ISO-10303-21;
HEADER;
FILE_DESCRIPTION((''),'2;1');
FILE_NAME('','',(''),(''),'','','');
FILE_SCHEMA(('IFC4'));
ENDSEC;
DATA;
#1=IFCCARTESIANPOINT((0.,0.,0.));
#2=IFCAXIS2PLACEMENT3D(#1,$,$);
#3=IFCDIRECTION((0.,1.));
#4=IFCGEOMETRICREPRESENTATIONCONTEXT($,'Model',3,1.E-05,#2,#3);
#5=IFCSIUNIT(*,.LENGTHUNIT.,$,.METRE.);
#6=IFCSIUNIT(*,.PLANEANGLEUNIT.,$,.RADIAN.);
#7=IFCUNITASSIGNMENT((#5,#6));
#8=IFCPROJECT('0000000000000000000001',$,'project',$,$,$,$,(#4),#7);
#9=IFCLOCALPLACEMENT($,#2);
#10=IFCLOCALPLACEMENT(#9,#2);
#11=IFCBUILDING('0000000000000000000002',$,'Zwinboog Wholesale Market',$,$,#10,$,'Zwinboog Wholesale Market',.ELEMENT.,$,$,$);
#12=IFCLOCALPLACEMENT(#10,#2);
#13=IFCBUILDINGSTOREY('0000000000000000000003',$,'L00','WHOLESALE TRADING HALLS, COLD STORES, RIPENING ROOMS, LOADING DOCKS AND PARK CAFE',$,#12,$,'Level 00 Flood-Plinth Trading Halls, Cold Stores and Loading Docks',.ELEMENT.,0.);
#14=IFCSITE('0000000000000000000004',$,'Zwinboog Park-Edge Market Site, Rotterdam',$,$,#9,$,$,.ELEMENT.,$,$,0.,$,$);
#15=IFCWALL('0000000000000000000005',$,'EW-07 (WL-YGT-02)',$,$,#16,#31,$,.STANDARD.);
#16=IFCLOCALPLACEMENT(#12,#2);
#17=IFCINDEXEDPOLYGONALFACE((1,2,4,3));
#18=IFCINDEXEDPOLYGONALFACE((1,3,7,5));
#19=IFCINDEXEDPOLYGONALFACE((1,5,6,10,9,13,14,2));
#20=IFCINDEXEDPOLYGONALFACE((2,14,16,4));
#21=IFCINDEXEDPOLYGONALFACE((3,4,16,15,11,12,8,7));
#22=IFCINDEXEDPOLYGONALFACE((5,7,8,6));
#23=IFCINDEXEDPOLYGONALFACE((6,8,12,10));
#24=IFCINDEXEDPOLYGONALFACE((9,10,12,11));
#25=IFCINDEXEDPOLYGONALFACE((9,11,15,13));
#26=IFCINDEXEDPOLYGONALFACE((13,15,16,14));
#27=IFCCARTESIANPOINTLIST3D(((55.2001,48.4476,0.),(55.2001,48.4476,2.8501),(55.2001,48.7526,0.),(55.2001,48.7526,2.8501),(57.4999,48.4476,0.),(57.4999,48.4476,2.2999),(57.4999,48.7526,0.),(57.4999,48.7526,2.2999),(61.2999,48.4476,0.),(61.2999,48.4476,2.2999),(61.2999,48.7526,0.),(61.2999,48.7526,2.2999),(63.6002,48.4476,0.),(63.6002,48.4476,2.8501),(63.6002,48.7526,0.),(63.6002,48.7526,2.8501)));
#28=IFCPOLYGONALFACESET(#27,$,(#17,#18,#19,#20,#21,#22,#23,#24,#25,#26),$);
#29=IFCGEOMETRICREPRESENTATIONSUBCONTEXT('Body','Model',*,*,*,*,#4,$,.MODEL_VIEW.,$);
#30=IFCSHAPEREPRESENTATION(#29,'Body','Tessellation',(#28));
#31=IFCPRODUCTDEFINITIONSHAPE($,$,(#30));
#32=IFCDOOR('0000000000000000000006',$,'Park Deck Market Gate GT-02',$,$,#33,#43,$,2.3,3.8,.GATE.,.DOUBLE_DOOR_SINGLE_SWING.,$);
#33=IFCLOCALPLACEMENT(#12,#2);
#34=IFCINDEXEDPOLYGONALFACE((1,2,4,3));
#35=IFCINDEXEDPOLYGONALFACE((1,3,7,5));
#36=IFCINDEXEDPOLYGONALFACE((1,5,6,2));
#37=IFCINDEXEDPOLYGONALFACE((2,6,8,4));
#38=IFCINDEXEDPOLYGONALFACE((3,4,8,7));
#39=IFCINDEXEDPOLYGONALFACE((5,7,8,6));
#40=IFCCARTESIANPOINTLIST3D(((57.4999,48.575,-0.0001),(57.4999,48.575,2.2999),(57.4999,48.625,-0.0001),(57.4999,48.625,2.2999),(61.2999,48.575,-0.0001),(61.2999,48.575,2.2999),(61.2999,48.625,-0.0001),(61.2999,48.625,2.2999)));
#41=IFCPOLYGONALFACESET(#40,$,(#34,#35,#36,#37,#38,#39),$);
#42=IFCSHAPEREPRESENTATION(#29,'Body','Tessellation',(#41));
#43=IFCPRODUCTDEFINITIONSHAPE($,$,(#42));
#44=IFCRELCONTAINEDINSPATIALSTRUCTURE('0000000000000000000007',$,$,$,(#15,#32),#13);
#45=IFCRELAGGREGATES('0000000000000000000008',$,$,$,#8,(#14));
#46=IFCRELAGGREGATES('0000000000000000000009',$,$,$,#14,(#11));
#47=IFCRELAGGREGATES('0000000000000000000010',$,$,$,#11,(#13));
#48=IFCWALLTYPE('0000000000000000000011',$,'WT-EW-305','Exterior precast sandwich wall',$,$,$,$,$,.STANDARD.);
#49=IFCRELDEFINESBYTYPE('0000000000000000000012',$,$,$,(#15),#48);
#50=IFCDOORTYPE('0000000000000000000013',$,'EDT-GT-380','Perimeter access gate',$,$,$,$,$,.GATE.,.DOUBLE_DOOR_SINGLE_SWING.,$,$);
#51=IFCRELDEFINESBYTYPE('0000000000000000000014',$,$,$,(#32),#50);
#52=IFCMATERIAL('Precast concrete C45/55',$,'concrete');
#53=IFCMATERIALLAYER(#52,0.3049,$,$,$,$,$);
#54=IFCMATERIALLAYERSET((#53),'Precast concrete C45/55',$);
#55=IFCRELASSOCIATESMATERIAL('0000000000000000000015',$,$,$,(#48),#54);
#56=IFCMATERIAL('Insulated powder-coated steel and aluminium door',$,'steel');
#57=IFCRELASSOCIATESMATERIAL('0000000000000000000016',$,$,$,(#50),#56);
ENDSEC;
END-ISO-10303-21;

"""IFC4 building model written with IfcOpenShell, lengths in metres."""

from ifc_helpers import new_model, si_unit, direction, frame, frame_2d, origin, place, context, subcontext, project, spatial, rectangle, extrude, material, layer, layer_set, type_object, element, fill, save


model = new_model("IFC4")

# Units and contexts
model_context = context("Model", 3, precision=1e-05, world=origin(), true_north=direction((0.0, 1.0)))
body_context = subcontext(model_context, "Body", "Model", "MODEL_VIEW")
ifc_project = project(units=[si_unit("LENGTHUNIT", "METRE"), si_unit("PLANEANGLEUNIT", "RADIAN")], contexts=[model_context])

# Site, building, storey
site_placement = place(None, origin())
site = spatial("IfcSite", under=ifc_project, at=site_placement, Name="Zwinboog Park-Edge Market Site, Rotterdam", CompositionType="ELEMENT", RefElevation=0.0)
building_placement = place(site_placement, origin())
building = spatial("IfcBuilding", under=site, at=building_placement, Name="Zwinboog Wholesale Market", LongName="Zwinboog Wholesale Market", CompositionType="ELEMENT")
storey_placement = place(building_placement, origin())
storey = spatial("IfcBuildingStorey", under=building, at=storey_placement, Name="L00", Description="WHOLESALE TRADING HALLS, COLD STORES, RIPENING ROOMS, LOADING DOCKS AND PARK CAFE", LongName="Level 00 Flood-Plinth Trading Halls, Cold Stores and Loading Docks", CompositionType="ELEMENT", Elevation=0.0)

# Shared definitions
ifc_material_1 = material(Name="Precast concrete C45/55", Category="concrete")

# Wall, opening, door
ifc_layer = layer(ifc_material_1, 0.3049)
ifc_layer_set = layer_set([ifc_layer], Name="Precast concrete C45/55")
wall_type = type_object("IfcWallType", Name="WT-EW-305", Description="Exterior precast sandwich wall", PredefinedType="STANDARD", material=ifc_layer_set)
ifc_material_2 = material(Name="Insulated powder-coated steel and aluminium door", Category="steel")
wall_1_placement = place(storey_placement, frame((55.2, 48.6001, 0.0), z_axis=(0.0, 0.0, 1.0), x_axis=(1.0, 0.0, 0.0)))
wall_1 = element("IfcWall", 1, at=wall_1_placement, inside=storey, type_object=wall_type, Name="EW-07 (WL-YGT-02)", PredefinedType="STANDARD", context=body_context, shape_type="SweptSolid", body=[
    extrude(rectangle(XDim=8.4001, YDim=0.3049, at=frame_2d((4.2002, 0.0))), origin(), (0.0, 0.0, 1.0), 2.8501),
])
opening_1_placement = place(wall_1_placement, frame((2.3, 0.0, 0.0)))
opening_1 = element("IfcOpeningElement", 2, at=opening_1_placement, cuts=wall_1, PredefinedType="OPENING", context=body_context, shape_type="SweptSolid", body=[
    extrude(rectangle(XDim=3.8, YDim=2.3, at=frame_2d((1.8999, 1.1499))), frame((0.0, 0.1624, 0.0), z_axis=(0.0, -1.0, 0.0), x_axis=(1.0, 0.0, 0.0)), (0.0, 0.0, 1.0), 0.325),
])
door_type_1 = type_object("IfcDoorType", Name="EDT-GT-380", Description="Perimeter access gate", OperationType="DOUBLE_DOOR_SINGLE_SWING", PredefinedType="GATE", material=ifc_material_2)
door_1_placement = place(opening_1_placement, origin())
door_1 = element("IfcDoor", 3, at=door_1_placement, inside=storey, type_object=door_type_1, Name="Park Deck Market Gate GT-02", OperationType="DOUBLE_DOOR_SINGLE_SWING", OverallHeight=2.3, OverallWidth=3.8, PredefinedType="GATE", context=body_context, shape_type="SweptSolid", body=[
    extrude(rectangle(XDim=3.8, YDim=2.3, at=frame_2d((1.8999, 1.1499))), frame((0.0, 0.0249, 0.0), z_axis=(0.0, -1.0, 0.0), x_axis=(1.0, 0.0, 0.0)), (0.0, 0.0, 1.0), 0.05),
])
fill(opening_1, door_1)

save(model, "model.ifc")
